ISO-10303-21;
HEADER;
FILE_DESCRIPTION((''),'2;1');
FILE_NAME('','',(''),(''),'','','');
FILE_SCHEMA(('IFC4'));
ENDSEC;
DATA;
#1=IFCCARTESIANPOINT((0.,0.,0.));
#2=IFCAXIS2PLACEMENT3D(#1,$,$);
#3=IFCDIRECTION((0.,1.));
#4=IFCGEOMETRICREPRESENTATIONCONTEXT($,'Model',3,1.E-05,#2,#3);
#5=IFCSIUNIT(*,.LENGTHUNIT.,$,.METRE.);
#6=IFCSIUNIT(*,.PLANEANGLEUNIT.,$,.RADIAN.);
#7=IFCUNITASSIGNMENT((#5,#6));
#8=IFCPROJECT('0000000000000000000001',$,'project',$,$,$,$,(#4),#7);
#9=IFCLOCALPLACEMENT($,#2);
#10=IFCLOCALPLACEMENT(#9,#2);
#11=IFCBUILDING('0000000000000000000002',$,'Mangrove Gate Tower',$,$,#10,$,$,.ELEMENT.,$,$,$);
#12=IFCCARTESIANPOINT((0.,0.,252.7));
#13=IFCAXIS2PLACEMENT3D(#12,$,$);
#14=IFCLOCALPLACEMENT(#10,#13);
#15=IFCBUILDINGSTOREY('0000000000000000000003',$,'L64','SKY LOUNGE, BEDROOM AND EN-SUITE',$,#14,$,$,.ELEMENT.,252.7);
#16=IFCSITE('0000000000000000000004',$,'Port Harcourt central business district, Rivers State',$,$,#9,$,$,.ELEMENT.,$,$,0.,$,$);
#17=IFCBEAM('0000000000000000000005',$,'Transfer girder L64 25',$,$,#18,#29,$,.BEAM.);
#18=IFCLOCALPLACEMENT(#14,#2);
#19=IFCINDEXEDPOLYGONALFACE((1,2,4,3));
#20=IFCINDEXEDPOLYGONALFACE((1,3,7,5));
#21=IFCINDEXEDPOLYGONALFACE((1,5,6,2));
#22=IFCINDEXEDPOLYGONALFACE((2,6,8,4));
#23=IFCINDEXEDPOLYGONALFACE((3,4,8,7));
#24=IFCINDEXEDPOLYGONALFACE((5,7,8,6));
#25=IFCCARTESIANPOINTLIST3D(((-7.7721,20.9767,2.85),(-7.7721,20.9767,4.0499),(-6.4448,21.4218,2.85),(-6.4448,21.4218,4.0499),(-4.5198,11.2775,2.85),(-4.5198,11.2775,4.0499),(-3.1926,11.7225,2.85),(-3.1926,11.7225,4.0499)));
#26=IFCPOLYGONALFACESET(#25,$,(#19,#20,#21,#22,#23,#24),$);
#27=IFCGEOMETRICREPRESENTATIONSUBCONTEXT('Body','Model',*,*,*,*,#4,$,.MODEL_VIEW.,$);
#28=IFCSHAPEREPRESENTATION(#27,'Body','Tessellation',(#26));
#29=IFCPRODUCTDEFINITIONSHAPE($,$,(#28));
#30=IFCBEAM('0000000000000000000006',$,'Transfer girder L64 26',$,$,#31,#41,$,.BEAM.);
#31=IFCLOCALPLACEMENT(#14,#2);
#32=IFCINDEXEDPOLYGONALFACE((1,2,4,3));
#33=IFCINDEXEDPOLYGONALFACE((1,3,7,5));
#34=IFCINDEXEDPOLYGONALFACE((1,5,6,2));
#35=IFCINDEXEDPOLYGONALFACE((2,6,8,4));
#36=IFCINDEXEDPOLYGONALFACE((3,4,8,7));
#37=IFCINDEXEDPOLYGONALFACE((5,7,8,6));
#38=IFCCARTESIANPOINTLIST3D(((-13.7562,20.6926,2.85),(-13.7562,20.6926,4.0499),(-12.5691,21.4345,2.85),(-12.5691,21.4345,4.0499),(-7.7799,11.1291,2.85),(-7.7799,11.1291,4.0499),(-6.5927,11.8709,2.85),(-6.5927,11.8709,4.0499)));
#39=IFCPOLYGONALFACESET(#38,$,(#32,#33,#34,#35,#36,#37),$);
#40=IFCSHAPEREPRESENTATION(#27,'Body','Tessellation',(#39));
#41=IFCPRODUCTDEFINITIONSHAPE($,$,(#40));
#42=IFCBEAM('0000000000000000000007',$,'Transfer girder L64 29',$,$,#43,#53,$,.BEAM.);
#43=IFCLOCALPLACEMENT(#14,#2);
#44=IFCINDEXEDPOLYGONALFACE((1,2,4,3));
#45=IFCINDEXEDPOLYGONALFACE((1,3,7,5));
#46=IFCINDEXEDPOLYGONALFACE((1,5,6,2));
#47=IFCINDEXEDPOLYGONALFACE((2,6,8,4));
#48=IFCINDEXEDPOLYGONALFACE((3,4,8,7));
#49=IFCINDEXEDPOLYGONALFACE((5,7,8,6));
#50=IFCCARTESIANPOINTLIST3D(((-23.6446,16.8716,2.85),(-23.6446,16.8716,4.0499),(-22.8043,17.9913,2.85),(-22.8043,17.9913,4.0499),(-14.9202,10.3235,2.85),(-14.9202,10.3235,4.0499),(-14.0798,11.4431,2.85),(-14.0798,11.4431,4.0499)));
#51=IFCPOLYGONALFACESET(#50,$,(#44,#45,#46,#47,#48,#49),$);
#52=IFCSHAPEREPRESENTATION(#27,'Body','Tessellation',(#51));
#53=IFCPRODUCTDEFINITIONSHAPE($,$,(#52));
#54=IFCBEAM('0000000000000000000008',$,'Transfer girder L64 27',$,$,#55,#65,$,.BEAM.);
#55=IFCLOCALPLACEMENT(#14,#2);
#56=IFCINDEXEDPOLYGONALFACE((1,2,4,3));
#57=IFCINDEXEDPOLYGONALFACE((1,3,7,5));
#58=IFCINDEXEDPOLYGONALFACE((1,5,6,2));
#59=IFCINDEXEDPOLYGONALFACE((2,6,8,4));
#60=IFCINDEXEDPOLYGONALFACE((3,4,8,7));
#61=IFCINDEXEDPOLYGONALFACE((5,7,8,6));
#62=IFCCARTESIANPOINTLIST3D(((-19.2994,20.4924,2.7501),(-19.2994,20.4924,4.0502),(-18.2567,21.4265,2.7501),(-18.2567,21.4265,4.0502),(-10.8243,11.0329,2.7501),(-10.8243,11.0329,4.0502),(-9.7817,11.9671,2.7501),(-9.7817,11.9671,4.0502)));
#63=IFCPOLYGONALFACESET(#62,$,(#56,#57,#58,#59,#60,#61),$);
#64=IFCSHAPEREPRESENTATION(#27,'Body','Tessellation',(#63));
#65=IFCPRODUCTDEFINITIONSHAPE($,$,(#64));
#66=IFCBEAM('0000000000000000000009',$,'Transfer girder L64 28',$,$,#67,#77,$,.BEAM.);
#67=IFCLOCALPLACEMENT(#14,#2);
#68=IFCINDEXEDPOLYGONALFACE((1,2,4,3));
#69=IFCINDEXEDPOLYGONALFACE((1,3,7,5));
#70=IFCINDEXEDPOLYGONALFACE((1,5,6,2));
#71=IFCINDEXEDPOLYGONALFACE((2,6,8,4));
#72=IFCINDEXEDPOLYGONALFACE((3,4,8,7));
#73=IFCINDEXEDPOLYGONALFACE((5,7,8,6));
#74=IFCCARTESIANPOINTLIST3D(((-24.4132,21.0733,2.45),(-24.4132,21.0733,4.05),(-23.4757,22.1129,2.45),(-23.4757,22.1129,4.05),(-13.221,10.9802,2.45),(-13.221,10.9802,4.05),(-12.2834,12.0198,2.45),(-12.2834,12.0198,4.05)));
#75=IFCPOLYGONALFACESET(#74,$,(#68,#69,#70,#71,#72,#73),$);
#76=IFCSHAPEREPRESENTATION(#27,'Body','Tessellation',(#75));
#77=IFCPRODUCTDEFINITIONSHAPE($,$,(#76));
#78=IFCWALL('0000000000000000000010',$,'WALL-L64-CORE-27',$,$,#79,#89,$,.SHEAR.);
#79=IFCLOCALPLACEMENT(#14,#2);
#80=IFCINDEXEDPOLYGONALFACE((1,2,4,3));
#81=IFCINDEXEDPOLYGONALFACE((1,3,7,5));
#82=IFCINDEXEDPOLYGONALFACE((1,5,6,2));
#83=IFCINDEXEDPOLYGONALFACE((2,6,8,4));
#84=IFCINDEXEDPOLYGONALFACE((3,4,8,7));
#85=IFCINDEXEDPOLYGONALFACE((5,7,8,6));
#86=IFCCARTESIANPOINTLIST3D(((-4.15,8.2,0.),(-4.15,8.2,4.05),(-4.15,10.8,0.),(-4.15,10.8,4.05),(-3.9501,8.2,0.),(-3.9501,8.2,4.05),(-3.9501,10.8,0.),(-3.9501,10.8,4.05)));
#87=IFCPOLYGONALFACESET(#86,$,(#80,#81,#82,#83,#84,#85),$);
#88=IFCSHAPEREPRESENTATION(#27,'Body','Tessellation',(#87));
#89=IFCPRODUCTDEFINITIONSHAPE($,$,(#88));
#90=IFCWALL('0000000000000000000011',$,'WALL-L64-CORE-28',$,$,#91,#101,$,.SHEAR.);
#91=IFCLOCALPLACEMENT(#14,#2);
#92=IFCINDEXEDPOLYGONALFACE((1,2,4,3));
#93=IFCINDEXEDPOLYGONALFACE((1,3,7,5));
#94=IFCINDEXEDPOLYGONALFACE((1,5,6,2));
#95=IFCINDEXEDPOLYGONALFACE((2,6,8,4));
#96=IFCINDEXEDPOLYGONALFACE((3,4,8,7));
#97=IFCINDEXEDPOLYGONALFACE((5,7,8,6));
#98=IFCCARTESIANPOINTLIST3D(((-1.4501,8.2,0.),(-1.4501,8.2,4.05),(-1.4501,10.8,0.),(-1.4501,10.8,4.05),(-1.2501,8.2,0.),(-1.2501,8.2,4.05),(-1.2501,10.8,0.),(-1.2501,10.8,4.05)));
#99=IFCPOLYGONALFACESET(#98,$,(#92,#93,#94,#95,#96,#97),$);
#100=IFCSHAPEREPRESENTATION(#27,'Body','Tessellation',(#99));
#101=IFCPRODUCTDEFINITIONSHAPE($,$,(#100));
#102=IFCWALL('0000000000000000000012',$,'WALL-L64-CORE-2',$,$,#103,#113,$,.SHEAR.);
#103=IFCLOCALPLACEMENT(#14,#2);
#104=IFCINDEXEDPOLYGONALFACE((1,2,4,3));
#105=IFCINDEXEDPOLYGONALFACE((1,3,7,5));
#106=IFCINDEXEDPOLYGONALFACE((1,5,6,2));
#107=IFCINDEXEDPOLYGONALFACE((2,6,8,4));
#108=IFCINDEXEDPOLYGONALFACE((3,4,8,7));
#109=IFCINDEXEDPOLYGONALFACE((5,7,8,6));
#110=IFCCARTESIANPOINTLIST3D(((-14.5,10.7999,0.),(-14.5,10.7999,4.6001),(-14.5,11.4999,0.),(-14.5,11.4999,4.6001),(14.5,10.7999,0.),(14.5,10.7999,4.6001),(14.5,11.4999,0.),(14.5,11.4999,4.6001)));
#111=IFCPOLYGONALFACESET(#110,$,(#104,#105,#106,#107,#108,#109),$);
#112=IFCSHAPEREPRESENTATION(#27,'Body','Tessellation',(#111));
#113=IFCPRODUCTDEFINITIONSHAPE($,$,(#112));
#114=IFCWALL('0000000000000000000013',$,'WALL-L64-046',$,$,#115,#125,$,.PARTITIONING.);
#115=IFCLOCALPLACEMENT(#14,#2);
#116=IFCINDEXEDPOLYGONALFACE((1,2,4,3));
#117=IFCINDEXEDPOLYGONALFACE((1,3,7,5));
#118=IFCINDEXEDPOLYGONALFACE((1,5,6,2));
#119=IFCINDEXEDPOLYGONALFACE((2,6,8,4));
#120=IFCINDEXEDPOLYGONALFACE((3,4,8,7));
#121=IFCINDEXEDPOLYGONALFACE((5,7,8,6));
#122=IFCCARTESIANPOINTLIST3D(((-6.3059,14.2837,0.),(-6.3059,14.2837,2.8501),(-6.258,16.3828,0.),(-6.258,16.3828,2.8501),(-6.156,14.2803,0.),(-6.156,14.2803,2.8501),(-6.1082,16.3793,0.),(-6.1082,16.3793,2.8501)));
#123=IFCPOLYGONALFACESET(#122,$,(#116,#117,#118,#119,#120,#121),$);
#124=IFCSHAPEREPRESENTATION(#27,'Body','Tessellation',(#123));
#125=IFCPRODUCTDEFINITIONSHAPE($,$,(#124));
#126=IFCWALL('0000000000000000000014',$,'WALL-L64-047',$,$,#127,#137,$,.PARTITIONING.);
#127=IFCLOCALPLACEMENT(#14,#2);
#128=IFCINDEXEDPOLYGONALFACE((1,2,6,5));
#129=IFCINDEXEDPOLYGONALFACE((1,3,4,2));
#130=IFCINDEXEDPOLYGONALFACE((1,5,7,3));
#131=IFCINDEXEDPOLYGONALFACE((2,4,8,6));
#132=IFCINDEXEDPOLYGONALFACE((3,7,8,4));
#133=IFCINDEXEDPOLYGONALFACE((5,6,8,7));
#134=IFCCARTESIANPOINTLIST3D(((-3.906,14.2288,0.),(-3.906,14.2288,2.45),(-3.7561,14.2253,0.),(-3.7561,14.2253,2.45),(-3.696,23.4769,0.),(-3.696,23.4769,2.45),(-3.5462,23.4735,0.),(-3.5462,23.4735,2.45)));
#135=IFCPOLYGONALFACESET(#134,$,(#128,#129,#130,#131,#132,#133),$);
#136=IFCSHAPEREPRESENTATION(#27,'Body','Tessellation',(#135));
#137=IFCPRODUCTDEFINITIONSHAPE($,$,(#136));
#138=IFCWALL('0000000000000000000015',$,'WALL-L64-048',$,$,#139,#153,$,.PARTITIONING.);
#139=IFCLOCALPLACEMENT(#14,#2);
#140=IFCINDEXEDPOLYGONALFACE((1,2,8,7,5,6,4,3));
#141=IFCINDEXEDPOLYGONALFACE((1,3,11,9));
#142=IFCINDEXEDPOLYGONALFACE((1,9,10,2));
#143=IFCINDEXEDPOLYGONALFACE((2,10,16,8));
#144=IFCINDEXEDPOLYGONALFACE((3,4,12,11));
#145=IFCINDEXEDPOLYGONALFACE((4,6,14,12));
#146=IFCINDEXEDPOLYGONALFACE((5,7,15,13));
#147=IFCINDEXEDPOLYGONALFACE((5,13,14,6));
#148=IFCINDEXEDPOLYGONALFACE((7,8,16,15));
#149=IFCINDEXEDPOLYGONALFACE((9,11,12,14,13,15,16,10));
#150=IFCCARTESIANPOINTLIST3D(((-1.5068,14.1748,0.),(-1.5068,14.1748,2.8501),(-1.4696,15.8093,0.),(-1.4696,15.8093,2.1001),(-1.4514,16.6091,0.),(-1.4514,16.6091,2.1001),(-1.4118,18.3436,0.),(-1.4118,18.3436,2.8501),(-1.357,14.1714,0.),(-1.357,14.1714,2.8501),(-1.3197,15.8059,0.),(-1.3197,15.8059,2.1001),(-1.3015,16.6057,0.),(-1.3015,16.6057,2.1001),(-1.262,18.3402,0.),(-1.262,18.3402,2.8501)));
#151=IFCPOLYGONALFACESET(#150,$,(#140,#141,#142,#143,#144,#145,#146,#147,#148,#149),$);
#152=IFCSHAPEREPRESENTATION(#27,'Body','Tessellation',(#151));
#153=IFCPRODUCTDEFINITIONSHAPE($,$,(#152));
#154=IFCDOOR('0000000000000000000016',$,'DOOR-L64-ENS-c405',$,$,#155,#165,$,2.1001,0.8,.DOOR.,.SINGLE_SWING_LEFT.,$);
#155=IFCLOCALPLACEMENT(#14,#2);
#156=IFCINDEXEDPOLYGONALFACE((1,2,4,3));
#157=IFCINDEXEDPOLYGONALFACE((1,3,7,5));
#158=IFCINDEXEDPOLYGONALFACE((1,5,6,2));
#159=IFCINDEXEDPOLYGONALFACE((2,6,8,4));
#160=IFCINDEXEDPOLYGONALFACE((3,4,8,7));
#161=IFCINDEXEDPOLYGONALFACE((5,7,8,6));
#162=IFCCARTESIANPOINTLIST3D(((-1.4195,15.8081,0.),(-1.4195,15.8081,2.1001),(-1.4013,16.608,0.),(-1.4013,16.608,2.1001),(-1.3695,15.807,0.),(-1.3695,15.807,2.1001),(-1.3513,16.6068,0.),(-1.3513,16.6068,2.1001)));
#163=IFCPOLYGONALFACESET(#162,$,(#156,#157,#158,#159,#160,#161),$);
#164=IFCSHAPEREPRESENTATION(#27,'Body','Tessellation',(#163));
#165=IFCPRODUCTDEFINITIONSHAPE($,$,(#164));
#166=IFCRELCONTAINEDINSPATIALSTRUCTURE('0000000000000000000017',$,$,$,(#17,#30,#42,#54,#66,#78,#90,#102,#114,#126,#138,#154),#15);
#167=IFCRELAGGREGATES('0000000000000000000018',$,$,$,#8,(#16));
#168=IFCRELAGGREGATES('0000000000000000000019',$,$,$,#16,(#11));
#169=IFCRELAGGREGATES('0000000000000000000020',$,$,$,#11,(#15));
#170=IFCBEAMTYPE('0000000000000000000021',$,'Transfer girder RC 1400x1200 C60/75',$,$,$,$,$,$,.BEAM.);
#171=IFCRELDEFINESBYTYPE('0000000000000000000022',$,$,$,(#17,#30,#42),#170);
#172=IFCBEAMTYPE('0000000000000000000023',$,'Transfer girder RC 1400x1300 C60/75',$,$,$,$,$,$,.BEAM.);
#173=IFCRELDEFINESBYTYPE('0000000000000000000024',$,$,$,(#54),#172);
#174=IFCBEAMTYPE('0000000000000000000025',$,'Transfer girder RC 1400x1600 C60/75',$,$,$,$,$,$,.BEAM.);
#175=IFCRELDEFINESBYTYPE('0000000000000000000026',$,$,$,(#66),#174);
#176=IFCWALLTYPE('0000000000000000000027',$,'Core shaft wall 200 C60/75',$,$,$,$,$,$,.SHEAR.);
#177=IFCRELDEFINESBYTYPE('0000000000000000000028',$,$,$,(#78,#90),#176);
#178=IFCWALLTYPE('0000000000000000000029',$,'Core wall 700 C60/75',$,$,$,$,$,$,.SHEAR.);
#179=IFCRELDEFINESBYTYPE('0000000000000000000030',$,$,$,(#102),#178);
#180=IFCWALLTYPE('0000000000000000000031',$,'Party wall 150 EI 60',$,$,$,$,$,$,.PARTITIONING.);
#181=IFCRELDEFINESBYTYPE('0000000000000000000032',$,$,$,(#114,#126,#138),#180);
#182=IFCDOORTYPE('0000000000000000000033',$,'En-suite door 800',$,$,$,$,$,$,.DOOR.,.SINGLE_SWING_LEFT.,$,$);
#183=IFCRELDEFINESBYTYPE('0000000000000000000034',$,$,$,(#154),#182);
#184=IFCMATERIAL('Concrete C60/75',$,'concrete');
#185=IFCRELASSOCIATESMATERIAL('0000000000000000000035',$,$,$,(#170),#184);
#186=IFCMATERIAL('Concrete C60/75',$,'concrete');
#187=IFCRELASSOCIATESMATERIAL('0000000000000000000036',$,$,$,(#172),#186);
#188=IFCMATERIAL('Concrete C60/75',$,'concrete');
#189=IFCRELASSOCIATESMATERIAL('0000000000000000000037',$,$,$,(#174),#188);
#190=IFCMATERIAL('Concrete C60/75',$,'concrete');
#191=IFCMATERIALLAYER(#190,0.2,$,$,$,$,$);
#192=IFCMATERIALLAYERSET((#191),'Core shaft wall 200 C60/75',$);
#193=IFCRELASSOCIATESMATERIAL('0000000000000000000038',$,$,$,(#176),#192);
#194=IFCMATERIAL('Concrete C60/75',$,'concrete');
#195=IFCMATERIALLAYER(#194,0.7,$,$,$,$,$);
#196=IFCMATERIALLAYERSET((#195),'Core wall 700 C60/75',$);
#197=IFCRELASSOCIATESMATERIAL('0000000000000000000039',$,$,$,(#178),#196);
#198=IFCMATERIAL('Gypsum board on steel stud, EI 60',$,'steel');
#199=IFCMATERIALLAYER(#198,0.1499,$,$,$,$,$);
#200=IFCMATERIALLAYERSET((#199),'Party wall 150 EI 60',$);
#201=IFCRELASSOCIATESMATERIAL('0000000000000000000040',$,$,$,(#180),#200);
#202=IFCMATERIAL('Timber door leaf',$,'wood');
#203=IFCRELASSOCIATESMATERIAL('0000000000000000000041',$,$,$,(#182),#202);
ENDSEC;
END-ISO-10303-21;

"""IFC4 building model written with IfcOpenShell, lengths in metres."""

from ifc_helpers import new_model, si_unit, direction, frame, frame_2d, origin, origin_2d, place, context, subcontext, project, spatial, rectangle, extrude, material, layer, layer_set, material_profile, profile_set, type_object, element, fill, save


model = new_model("IFC4")

# Units and contexts
model_context = context("Model", 3, precision=1e-05, world=origin(), true_north=direction((0.0, 1.0)))
body_context = subcontext(model_context, "Body", "Model", "MODEL_VIEW")
ifc_project = project(units=[si_unit("LENGTHUNIT", "METRE"), si_unit("PLANEANGLEUNIT", "RADIAN")], contexts=[model_context])

# Site, building, storey
site_placement = place(None, origin())
site = spatial("IfcSite", under=ifc_project, at=site_placement, Name="Port Harcourt central business district, Rivers State", CompositionType="ELEMENT", RefElevation=0.0)
building_placement = place(site_placement, origin())
building = spatial("IfcBuilding", under=site, at=building_placement, Name="Mangrove Gate Tower", CompositionType="ELEMENT")
storey_placement = place(building_placement, frame((0.0, 0.0, 252.7)))
storey = spatial("IfcBuildingStorey", under=building, at=storey_placement, Name="L64", Description="SKY LOUNGE, BEDROOM AND EN-SUITE", CompositionType="ELEMENT", Elevation=252.7)

# Beams
ifc_material_1 = material(Name="Concrete C60/75", Category="concrete")
ifc_material_profile_1 = material_profile(ifc_material_1, rectangle(XDim=1.3999, YDim=1.2, at=origin_2d()))
ifc_profile_set_1 = profile_set([ifc_material_profile_1], Name="Concrete C60/75")
beam_type_1 = type_object("IfcBeamType", Name="Transfer girder RC 1400x1200 C60/75", PredefinedType="BEAM", material=ifc_profile_set_1)
beam_1_placement = place(storey_placement, frame((-3.8562, 11.5, 3.45), z_axis=(-0.31791, 0.948121, 0.0), x_axis=(-0.948121, -0.31791, 0.0)))
element("IfcBeam", 1, at=beam_1_placement, inside=storey, type_object=beam_type_1, Name="Transfer girder L64 25", PredefinedType="BEAM", context=body_context, shape_type="SweptSolid", body=[
    extrude(rectangle(XDim=1.3999, YDim=1.2, at=origin_2d()), origin(), (0.0, 0.0, 1.0), 10.23),
])
beam_2_placement = place(storey_placement, frame((-7.1863, 11.5, 3.45), z_axis=(-0.529944, 0.848032, 0.0), x_axis=(-0.848032, -0.529944, 0.0)))
element("IfcBeam", 2, at=beam_2_placement, inside=storey, type_object=beam_type_1, Name="Transfer girder L64 26", PredefinedType="BEAM", context=body_context, shape_type="SweptSolid", body=[
    extrude(rectangle(XDim=1.3999, YDim=1.2, at=origin_2d()), origin(), (0.0, 0.0, 1.0), 11.2773),
])
beam_3_placement = place(storey_placement, frame((-14.5, 10.8833, 3.45), z_axis=(-0.799788, 0.600283, 0.0), x_axis=(-0.600283, -0.799788, 0.0)))
element("IfcBeam", 3, at=beam_3_placement, inside=storey, type_object=beam_type_1, Name="Transfer girder L64 29", PredefinedType="BEAM", context=body_context, shape_type="SweptSolid", body=[
    extrude(rectangle(XDim=1.3999, YDim=1.2, at=origin_2d()), origin(), (0.0, 0.0, 1.0), 10.9084),
])
ifc_material_2 = material(Name="Concrete C60/75", Category="concrete")
ifc_material_profile_2 = material_profile(ifc_material_2, rectangle(XDim=1.3999, YDim=1.3, at=origin_2d()))
ifc_profile_set_2 = profile_set([ifc_material_profile_2], Name="Concrete C60/75")
beam_type_2 = type_object("IfcBeamType", Name="Transfer girder RC 1400x1300 C60/75", PredefinedType="BEAM", material=ifc_profile_set_2)
beam_4_placement = place(storey_placement, frame((-10.303, 11.5, 3.4001), z_axis=(-0.667291, 0.744797, 0.0), x_axis=(-0.744797, -0.667291, 0.0)))
element("IfcBeam", 4, at=beam_4_placement, inside=storey, type_object=beam_type_2, Name="Transfer girder L64 27", PredefinedType="BEAM", context=body_context, shape_type="SweptSolid", body=[
    extrude(rectangle(XDim=1.3999, YDim=1.3, at=origin_2d()), origin(), (0.0, 0.0, 1.0), 12.7007),
])
ifc_material_3 = material(Name="Concrete C60/75", Category="concrete")
ifc_material_profile_3 = material_profile(ifc_material_3, rectangle(XDim=1.3999, YDim=1.6001, at=origin_2d()))
ifc_profile_set_3 = profile_set([ifc_material_profile_3], Name="Concrete C60/75")
beam_type_3 = type_object("IfcBeamType", Name="Transfer girder RC 1400x1600 C60/75", PredefinedType="BEAM", material=ifc_profile_set_3)
beam_5_placement = place(storey_placement, frame((-12.7522, 11.5, 3.25), z_axis=(-0.742631, 0.669701, 0.0), x_axis=(-0.669701, -0.742631, 0.0)))
element("IfcBeam", 5, at=beam_5_placement, inside=storey, type_object=beam_type_3, Name="Transfer girder L64 28", PredefinedType="BEAM", context=body_context, shape_type="SweptSolid", body=[
    extrude(rectangle(XDim=1.3999, YDim=1.6001, at=origin_2d()), origin(), (0.0, 0.0, 1.0), 15.071),
])

# Walls
ifc_material_4 = material(Name="Concrete C60/75", Category="concrete")
ifc_layer_1 = layer(ifc_material_4, 0.2)
ifc_layer_set_1 = layer_set([ifc_layer_1], Name="Core shaft wall 200 C60/75")
wall_type_1 = type_object("IfcWallType", Name="Core shaft wall 200 C60/75", PredefinedType="SHEAR", material=ifc_layer_set_1)
for number, where, z_axis, x_axis, name in (
    (6, (-4.05, 8.2, 0.0), (0.0, 0.0, 1.0), (0.0, 1.0, 0.0), "WALL-L64-CORE-27"),
    (7, (-1.3501, 8.2, 0.0), (0.0, 0.0, 1.0), (0.0, 1.0, 0.0), "WALL-L64-CORE-28"),
):
    element("IfcWall", number, at=place(storey_placement, frame(where, z_axis=z_axis, x_axis=x_axis)), inside=storey, type_object=wall_type_1, Name=name, PredefinedType="SHEAR", context=body_context, shape_type="SweptSolid", body=[
        extrude(rectangle(XDim=2.6001, YDim=0.2, at=frame_2d((1.3, 0.0))), origin(), (0.0, 0.0, 1.0), 4.05),
    ])
ifc_material_5 = material(Name="Concrete C60/75", Category="concrete")
ifc_layer_2 = layer(ifc_material_5, 0.7)
ifc_layer_set_2 = layer_set([ifc_layer_2], Name="Core wall 700 C60/75")
wall_type_2 = type_object("IfcWallType", Name="Core wall 700 C60/75", PredefinedType="SHEAR", material=ifc_layer_set_2)
wall_1_placement = place(storey_placement, frame((-14.5, 11.1499, 0.0), z_axis=(0.0, 0.0, 1.0), x_axis=(1.0, 0.0, 0.0)))
element("IfcWall", 8, at=wall_1_placement, inside=storey, type_object=wall_type_2, Name="WALL-L64-CORE-2", PredefinedType="SHEAR", context=body_context, shape_type="SweptSolid", body=[
    extrude(rectangle(XDim=29.0, YDim=0.7, at=frame_2d((14.5, 0.0))), origin(), (0.0, 0.0, 1.0), 4.6001),
])
ifc_material_6 = material(Name="Gypsum board on steel stud, EI 60", Category="steel")
ifc_layer_3 = layer(ifc_material_6, 0.1499)
ifc_layer_set_3 = layer_set([ifc_layer_3], Name="Party wall 150 EI 60")
wall_type_3 = type_object("IfcWallType", Name="Party wall 150 EI 60", PredefinedType="PARTITIONING", material=ifc_layer_set_3)
wall_2_placement = place(storey_placement, frame((-6.231, 14.282, 0.0), z_axis=(0.0, 0.0, 1.0), x_axis=(0.02279, 0.99974, 0.0)))
element("IfcWall", 9, at=wall_2_placement, inside=storey, type_object=wall_type_3, Name="WALL-L64-046", PredefinedType="PARTITIONING", context=body_context, shape_type="SweptSolid", body=[
    extrude(rectangle(XDim=2.0996, YDim=0.1499, at=frame_2d((1.0498, 0.0))), origin(), (0.0, 0.0, 1.0), 2.8501),
])
wall_3_placement = place(storey_placement, frame((-3.8311, 14.2271, 0.0), z_axis=(0.0, 0.0, 1.0), x_axis=(0.022697, 0.999742, 0.0)))
element("IfcWall", 10, at=wall_3_placement, inside=storey, type_object=wall_type_3, Name="WALL-L64-047", PredefinedType="PARTITIONING", context=body_context, shape_type="SweptSolid", body=[
    extrude(rectangle(XDim=9.2505, YDim=0.1499, at=frame_2d((4.6252, 0.0))), origin(), (0.0, 0.0, 1.0), 2.45),
])

# Wall, opening, door
wall_4_placement = place(storey_placement, frame((-1.4319, 14.1731, 0.0), z_axis=(0.0, 0.0, 1.0), x_axis=(0.022775, 0.999741, 0.0)))
wall_4 = element("IfcWall", 11, at=wall_4_placement, inside=storey, type_object=wall_type_3, Name="WALL-L64-048", PredefinedType="PARTITIONING", context=body_context, shape_type="SweptSolid", body=[
    extrude(rectangle(XDim=4.1699, YDim=0.1499, at=frame_2d((2.085, 0.0))), origin(), (0.0, 0.0, 1.0), 2.8501),
])
opening_placement = place(wall_4_placement, frame((1.635, 0.0, 0.0)))
opening = element("IfcOpeningElement", 12, at=opening_placement, cuts=wall_4, PredefinedType="OPENING", context=body_context, shape_type="SweptSolid", body=[
    extrude(rectangle(XDim=0.8, YDim=2.1001, at=frame_2d((0.3999, 1.05))), frame((0.0, 0.085, 0.0), z_axis=(0.0, -1.0, 0.0), x_axis=(1.0, 0.0, 0.0)), (0.0, 0.0, 1.0), 0.1699),
])
ifc_material_7 = material(Name="Timber door leaf", Category="wood")
door_type = type_object("IfcDoorType", Name="En-suite door 800", OperationType="SINGLE_SWING_LEFT", PredefinedType="DOOR", material=ifc_material_7)
door_placement = place(opening_placement, origin())
door = element("IfcDoor", 13, at=door_placement, inside=storey, type_object=door_type, Name="DOOR-L64-ENS-c405", OperationType="SINGLE_SWING_LEFT", OverallHeight=2.1001, OverallWidth=0.8, PredefinedType="DOOR", context=body_context, shape_type="SweptSolid", body=[
    extrude(rectangle(XDim=0.8, YDim=2.1001, at=frame_2d((0.3999, 1.05))), frame((0.0, 0.0249, 0.0), z_axis=(0.0, -1.0, 0.0), x_axis=(1.0, 0.0, 0.0)), (0.0, 0.0, 1.0), 0.05),
])
fill(opening, door)

save(model, "model.ifc")
